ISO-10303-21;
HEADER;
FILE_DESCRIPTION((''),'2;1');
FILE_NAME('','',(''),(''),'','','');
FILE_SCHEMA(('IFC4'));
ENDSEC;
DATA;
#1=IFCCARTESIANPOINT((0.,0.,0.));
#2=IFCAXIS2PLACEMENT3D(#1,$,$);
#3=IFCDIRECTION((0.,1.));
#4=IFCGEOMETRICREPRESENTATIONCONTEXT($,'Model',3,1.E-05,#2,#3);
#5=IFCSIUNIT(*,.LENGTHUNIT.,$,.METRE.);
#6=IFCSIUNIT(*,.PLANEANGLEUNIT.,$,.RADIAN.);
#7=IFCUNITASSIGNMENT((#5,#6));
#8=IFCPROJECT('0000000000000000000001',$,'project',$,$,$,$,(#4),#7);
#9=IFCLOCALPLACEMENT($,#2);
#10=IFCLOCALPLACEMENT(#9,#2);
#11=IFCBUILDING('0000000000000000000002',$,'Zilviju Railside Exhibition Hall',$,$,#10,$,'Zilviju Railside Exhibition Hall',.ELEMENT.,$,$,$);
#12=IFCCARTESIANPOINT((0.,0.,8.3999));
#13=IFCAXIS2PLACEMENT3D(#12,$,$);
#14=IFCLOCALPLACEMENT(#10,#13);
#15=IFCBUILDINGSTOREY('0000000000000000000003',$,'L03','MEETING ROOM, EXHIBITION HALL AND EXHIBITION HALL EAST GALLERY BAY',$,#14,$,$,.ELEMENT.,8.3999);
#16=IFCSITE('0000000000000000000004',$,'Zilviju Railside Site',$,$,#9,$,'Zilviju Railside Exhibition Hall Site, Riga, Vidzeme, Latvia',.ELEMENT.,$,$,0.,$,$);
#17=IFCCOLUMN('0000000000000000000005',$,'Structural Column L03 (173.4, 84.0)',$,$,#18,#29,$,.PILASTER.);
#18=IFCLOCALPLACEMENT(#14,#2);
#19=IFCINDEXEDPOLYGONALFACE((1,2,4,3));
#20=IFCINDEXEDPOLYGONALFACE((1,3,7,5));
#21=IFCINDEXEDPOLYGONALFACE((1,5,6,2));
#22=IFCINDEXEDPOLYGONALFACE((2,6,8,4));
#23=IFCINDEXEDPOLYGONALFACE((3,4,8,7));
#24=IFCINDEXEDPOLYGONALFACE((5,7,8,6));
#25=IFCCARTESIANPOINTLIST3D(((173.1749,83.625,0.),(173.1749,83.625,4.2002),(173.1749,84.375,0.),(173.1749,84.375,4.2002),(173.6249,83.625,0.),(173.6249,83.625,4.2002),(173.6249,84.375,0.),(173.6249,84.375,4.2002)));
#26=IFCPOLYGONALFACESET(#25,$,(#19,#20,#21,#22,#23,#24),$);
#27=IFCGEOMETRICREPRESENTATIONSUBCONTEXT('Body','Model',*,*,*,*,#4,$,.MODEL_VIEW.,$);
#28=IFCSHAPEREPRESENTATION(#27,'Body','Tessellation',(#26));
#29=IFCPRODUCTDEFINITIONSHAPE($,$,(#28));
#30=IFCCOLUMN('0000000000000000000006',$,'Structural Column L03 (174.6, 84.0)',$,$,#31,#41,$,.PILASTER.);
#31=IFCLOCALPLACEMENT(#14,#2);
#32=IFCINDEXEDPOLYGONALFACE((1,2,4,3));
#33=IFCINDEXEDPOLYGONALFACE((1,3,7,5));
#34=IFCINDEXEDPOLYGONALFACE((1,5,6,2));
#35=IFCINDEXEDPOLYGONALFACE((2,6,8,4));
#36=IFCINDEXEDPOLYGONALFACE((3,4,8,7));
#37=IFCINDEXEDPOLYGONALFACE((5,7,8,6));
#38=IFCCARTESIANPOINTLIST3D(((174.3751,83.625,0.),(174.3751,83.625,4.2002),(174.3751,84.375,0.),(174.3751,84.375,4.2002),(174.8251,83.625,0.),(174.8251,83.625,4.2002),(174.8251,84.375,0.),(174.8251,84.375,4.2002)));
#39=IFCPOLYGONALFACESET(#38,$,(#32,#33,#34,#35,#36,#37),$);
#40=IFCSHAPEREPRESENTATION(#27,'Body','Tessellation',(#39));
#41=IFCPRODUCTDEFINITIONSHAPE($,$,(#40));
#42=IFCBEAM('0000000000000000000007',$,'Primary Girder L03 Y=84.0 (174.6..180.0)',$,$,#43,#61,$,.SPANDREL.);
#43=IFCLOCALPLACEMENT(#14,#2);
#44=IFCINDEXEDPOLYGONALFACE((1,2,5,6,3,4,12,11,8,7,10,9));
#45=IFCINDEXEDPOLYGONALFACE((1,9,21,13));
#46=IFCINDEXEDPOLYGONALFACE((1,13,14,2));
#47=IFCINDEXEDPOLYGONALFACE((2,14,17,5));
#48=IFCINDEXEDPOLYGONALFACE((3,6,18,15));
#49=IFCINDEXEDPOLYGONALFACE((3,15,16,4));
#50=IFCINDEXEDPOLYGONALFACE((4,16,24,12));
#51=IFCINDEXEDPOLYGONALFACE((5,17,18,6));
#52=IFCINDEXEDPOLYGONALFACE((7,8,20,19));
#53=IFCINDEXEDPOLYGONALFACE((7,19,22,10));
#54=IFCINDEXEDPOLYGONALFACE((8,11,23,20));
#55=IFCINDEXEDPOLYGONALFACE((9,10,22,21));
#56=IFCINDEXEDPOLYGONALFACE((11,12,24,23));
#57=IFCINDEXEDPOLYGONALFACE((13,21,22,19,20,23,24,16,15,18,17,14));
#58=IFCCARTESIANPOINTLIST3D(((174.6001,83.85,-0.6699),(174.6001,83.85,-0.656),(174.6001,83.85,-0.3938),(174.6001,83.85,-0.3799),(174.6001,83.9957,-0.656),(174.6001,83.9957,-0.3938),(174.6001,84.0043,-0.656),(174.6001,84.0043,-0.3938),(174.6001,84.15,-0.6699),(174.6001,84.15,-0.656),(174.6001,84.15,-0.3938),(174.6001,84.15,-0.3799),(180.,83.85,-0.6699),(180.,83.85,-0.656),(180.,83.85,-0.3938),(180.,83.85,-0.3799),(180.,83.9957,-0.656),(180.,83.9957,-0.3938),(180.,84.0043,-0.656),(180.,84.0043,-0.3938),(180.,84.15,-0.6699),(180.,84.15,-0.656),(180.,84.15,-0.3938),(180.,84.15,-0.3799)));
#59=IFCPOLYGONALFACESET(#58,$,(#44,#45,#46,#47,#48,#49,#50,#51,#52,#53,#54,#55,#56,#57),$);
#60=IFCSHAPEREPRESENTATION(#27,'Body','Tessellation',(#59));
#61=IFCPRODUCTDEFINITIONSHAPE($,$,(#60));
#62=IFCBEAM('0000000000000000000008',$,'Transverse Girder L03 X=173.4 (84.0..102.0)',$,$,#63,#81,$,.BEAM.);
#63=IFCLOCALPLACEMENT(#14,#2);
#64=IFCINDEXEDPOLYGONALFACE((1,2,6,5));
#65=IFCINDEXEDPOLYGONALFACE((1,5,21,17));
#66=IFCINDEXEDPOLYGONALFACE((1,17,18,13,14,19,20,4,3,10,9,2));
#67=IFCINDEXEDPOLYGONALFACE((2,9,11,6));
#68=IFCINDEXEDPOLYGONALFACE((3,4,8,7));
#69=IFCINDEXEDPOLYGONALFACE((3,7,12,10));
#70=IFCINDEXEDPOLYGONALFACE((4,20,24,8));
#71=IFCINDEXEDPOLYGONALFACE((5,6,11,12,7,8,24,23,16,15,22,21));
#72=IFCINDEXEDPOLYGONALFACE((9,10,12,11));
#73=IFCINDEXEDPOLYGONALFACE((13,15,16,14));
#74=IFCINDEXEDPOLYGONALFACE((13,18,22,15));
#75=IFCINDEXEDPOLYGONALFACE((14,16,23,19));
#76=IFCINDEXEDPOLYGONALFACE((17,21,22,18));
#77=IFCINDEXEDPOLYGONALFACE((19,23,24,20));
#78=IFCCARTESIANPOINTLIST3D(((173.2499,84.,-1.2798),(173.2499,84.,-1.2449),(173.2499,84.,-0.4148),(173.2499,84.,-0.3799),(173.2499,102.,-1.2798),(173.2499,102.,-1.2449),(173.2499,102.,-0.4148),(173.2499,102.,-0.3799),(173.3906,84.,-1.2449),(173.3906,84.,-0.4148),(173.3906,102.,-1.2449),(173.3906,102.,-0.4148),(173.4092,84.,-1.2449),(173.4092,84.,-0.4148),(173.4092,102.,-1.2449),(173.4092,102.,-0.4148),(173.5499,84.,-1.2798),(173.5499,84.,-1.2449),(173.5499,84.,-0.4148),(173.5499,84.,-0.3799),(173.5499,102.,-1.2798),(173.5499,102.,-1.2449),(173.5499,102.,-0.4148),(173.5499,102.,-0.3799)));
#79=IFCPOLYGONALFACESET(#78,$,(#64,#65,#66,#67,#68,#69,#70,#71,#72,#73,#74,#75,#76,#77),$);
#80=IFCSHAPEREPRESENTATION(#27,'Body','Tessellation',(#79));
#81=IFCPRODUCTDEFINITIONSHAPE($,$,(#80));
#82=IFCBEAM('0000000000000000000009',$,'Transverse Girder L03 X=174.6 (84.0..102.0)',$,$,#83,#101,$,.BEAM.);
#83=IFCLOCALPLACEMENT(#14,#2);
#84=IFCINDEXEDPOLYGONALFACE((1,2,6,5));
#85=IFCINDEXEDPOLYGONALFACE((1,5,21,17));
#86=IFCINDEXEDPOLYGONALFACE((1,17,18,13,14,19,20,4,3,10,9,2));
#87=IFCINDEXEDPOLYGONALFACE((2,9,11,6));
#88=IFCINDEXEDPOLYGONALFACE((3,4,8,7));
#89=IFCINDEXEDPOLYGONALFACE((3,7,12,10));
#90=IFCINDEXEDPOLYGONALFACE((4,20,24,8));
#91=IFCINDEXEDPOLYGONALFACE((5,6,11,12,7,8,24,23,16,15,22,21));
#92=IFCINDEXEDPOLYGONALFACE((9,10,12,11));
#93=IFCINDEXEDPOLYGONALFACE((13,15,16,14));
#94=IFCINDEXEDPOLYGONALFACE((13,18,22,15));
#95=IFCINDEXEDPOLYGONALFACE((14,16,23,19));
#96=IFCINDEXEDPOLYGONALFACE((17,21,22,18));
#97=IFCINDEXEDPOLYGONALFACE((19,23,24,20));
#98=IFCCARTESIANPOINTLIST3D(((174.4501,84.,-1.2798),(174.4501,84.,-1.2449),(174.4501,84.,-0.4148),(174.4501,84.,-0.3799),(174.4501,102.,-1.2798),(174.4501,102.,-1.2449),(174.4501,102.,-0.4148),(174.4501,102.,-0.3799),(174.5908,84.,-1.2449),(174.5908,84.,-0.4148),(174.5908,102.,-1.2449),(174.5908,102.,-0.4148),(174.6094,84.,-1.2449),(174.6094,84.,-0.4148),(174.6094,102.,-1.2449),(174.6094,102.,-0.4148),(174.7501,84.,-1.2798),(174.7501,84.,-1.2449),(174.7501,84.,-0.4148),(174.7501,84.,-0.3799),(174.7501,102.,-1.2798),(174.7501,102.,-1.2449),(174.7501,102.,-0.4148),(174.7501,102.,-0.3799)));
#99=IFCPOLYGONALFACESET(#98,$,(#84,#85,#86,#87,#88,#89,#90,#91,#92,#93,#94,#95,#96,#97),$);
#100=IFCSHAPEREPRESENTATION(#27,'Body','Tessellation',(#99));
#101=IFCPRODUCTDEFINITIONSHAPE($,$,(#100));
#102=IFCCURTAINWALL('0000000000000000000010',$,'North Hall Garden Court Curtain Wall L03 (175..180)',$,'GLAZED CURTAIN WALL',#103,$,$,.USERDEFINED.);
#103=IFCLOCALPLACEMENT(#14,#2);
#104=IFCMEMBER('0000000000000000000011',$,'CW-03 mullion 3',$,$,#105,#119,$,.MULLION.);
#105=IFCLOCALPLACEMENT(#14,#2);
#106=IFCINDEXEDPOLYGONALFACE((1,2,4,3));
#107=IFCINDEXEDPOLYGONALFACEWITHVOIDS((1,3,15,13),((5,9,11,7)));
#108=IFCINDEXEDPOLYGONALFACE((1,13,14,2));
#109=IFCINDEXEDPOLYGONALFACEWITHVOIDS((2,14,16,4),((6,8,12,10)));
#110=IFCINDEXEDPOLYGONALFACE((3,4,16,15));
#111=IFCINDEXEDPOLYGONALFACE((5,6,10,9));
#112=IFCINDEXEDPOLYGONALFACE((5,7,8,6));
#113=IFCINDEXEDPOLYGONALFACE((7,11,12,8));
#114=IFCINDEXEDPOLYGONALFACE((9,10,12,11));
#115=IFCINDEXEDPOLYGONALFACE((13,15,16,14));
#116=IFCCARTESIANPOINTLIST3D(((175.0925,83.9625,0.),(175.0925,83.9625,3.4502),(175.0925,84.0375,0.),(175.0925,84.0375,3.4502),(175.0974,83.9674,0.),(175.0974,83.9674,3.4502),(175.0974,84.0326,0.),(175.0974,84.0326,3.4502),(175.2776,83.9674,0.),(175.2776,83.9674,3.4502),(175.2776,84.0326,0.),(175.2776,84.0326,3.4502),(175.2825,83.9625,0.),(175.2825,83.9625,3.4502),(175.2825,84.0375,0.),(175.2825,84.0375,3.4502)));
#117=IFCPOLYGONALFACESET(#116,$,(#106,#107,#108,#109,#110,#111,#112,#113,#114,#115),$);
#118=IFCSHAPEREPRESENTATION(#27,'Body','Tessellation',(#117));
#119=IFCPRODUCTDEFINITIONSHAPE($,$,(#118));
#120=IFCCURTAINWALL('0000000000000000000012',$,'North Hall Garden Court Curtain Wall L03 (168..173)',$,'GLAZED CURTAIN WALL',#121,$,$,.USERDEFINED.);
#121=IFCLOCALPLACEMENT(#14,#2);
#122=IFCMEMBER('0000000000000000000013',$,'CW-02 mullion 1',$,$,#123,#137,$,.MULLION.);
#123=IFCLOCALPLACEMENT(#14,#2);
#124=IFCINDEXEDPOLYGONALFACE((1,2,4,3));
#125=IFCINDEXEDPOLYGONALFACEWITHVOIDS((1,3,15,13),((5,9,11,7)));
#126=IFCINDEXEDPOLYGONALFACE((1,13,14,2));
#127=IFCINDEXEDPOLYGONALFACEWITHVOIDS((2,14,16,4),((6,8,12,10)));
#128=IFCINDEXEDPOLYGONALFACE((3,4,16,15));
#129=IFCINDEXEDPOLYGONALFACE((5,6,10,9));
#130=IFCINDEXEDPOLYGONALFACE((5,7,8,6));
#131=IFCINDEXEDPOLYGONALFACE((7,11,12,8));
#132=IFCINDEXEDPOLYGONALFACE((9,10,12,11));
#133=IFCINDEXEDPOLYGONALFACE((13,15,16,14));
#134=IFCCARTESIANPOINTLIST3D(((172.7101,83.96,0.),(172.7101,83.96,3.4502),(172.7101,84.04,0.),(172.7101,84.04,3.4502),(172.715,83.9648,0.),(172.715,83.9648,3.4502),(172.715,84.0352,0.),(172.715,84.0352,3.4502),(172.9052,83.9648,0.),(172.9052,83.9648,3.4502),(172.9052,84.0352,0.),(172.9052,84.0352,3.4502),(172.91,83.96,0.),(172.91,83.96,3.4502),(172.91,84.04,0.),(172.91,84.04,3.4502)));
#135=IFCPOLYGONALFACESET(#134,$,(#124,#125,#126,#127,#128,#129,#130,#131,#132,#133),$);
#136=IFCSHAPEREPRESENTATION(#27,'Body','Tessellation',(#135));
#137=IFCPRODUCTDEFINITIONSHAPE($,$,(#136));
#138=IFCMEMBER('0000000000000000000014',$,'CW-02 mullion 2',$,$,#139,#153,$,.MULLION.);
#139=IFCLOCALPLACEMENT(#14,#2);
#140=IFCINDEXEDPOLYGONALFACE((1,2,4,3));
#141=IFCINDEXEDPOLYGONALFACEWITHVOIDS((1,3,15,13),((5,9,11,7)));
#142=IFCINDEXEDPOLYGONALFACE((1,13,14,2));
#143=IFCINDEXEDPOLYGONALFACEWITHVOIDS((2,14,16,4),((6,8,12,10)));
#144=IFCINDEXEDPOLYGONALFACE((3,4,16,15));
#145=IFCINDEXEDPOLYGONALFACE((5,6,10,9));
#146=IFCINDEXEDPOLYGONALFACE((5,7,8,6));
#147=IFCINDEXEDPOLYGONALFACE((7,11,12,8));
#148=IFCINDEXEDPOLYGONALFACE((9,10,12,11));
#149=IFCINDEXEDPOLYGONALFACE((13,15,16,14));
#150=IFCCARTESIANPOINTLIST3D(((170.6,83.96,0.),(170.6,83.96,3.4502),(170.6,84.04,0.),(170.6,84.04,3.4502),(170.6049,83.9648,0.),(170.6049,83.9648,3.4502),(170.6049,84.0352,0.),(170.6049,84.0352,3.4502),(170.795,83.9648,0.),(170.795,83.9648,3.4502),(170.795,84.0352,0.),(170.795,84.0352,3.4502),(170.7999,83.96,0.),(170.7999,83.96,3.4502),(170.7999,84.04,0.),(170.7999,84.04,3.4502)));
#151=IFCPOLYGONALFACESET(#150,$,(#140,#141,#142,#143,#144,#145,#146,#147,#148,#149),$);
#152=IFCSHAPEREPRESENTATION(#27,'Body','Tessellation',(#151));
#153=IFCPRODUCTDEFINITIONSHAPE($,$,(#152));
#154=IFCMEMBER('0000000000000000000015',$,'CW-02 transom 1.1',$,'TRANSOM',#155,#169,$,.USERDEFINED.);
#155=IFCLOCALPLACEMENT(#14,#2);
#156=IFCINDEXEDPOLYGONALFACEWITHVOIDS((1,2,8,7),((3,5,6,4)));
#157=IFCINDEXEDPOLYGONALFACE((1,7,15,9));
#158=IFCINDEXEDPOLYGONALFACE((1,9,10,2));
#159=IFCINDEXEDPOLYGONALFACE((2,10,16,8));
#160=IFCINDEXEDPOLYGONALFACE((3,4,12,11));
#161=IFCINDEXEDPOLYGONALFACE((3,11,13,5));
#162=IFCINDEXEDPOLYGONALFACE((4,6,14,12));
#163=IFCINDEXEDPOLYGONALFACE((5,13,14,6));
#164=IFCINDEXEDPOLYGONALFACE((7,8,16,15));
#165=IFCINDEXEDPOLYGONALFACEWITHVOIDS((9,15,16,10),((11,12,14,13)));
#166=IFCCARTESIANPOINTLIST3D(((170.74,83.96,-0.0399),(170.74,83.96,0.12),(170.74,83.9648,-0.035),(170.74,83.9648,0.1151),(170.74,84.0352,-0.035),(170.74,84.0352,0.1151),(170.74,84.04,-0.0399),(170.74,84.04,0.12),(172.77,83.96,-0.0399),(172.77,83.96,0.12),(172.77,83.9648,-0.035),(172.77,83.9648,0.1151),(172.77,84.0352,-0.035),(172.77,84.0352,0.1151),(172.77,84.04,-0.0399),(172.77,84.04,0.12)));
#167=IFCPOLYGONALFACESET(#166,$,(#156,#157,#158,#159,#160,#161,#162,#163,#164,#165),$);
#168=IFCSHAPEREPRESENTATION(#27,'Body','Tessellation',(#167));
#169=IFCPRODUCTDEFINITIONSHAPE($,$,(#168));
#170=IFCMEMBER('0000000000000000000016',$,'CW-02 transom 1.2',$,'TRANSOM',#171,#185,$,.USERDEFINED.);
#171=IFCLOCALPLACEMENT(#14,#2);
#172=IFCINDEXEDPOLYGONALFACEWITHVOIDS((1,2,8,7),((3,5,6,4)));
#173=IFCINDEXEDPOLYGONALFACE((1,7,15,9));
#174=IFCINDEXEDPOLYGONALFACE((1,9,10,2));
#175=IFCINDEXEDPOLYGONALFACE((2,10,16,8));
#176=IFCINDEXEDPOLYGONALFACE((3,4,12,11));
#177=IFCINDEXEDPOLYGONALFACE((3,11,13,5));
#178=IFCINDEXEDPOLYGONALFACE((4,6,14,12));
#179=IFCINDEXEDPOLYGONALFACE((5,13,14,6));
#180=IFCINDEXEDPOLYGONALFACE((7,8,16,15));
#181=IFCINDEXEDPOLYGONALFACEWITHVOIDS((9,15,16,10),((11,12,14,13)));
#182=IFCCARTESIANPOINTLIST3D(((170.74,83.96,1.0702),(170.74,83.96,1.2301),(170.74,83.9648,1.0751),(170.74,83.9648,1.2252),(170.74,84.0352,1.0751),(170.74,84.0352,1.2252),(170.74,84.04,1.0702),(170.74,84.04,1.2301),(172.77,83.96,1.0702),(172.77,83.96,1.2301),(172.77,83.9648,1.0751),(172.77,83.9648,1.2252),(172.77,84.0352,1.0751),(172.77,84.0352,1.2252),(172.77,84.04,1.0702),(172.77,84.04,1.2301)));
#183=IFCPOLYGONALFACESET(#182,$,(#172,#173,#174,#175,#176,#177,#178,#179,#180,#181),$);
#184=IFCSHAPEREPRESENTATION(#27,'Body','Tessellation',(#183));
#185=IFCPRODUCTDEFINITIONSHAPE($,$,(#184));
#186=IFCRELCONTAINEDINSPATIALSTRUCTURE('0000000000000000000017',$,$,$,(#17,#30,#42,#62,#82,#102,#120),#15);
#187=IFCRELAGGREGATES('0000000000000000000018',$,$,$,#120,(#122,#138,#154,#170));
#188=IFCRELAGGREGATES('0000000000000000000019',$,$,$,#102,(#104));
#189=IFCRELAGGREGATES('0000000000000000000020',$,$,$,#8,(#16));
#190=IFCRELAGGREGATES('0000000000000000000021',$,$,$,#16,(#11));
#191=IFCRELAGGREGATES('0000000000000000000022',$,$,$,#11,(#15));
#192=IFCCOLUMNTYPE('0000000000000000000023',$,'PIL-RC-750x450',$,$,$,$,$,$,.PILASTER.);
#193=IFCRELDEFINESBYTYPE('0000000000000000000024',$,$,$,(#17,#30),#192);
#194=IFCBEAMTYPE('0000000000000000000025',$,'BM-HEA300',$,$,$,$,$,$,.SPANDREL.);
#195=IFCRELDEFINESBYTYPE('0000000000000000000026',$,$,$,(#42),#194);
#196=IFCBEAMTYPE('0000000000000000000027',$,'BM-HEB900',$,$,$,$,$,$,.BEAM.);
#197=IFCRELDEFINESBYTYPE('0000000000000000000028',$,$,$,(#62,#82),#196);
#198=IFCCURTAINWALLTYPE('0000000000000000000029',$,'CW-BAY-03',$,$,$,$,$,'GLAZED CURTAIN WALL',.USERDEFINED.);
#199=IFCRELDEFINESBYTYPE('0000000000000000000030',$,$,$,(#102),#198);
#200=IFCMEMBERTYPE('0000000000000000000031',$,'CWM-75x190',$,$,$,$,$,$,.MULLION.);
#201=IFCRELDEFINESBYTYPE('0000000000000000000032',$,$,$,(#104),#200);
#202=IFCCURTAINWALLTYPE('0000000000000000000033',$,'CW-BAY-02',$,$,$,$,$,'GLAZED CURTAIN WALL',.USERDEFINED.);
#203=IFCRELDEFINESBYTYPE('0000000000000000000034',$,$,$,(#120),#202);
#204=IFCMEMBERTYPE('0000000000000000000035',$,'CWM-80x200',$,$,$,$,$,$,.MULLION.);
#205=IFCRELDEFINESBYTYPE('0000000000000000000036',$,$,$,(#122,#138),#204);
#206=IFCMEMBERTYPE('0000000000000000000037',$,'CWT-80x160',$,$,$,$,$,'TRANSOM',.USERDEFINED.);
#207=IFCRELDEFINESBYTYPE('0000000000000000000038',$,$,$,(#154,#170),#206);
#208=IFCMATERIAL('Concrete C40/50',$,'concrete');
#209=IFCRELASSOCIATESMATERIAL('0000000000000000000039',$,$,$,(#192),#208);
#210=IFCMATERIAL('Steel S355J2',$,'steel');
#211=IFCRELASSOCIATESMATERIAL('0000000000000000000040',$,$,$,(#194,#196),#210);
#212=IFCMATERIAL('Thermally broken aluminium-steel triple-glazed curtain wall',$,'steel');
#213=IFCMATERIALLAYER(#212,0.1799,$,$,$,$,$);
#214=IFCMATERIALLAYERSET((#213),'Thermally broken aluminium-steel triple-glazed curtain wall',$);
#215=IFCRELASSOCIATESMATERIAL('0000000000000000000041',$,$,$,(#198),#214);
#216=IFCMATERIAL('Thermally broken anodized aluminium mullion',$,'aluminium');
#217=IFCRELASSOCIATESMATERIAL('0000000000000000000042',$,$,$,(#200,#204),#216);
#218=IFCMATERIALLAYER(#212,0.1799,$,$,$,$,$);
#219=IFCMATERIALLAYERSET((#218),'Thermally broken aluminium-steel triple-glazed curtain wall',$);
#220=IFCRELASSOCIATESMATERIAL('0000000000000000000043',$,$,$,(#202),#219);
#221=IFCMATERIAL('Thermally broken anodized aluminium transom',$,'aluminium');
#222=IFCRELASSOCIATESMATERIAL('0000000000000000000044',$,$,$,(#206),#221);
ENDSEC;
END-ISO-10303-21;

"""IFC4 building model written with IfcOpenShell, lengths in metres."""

from ifc_helpers import new_model, si_unit, direction, frame, origin, origin_2d, place, context, subcontext, project, spatial, rectangle, hollow_rectangle, i_section, extrude, material, layer, layer_set, material_profile, profile_set, type_object, element, aggregate, save


model = new_model("IFC4")

# Units and contexts
model_context = context("Model", 3, precision=1e-05, world=origin(), true_north=direction((0.0, 1.0)))
body_context = subcontext(model_context, "Body", "Model", "MODEL_VIEW")
ifc_project = project(units=[si_unit("LENGTHUNIT", "METRE"), si_unit("PLANEANGLEUNIT", "RADIAN")], contexts=[model_context])

# Site, building, storey
site_placement = place(None, origin())
site = spatial("IfcSite", under=ifc_project, at=site_placement, Name="Zilviju Railside Site", LongName="Zilviju Railside Exhibition Hall Site, Riga, Vidzeme, Latvia", CompositionType="ELEMENT", RefElevation=0.0)
building_placement = place(site_placement, origin())
building = spatial("IfcBuilding", under=site, at=building_placement, Name="Zilviju Railside Exhibition Hall", LongName="Zilviju Railside Exhibition Hall", CompositionType="ELEMENT")
storey_placement = place(building_placement, frame((0.0, 0.0, 8.3999)))
storey = spatial("IfcBuildingStorey", under=building, at=storey_placement, Name="L03", Description="MEETING ROOM, EXHIBITION HALL AND EXHIBITION HALL EAST GALLERY BAY", CompositionType="ELEMENT", Elevation=8.3999)

# Columns
ifc_material_1 = material(Name="Concrete C40/50", Category="concrete")
ifc_material_profile_1 = material_profile(ifc_material_1, rectangle(XDim=0.45, YDim=0.75, at=origin_2d()), Name="RC COL 450x750")
ifc_profile_set_1 = profile_set([ifc_material_profile_1], Name="Concrete C40/50")
column_type = type_object("IfcColumnType", Name="PIL-RC-750x450", PredefinedType="PILASTER", material=ifc_profile_set_1)
for number, where, z_axis, x_axis, name in (
    (1, (173.3999, 84.0, 0.0), (0.0, 0.0, 1.0), (1.0, 0.0, 0.0), "Structural Column L03 (173.4, 84.0)"),
    (2, (174.6001, 84.0, 0.0), (0.0, 0.0, 1.0), (1.0, 0.0, 0.0), "Structural Column L03 (174.6, 84.0)"),
):
    element("IfcColumn", number, at=place(storey_placement, frame(where, z_axis=z_axis, x_axis=x_axis)), inside=storey, type_object=column_type, Name=name, PredefinedType="PILASTER", context=body_context, shape_type="SweptSolid", body=[
        extrude(rectangle(XDim=0.45, YDim=0.75, at=origin_2d()), origin(), (0.0, 0.0, 1.0), 4.2002),
    ])

# Beams
ifc_material_2 = material(Name="Steel S355J2", Category="steel")
ifc_material_profile_2 = material_profile(ifc_material_2, i_section(OverallWidth=0.3, OverallDepth=0.29, WebThickness=0.0085, FlangeThickness=0.0139, at=origin_2d()), Name="HEA 300")
ifc_profile_set_2 = profile_set([ifc_material_profile_2], Name="Steel S355J2")
beam_type_1 = type_object("IfcBeamType", Name="BM-HEA300", PredefinedType="SPANDREL", material=ifc_profile_set_2)
beam_placement = place(storey_placement, frame((174.6001, 84.0, -0.5249), z_axis=(1.0, 0.0, 0.0), x_axis=(0.0, 1.0, 0.0)))
element("IfcBeam", 3, at=beam_placement, inside=storey, type_object=beam_type_1, Name="Primary Girder L03 Y=84.0 (174.6..180.0)", PredefinedType="SPANDREL", context=body_context, shape_type="SweptSolid", body=[
    extrude(i_section(OverallWidth=0.3, OverallDepth=0.29, WebThickness=0.0085, FlangeThickness=0.0139, at=origin_2d()), origin(), (0.0, 0.0, 1.0), 5.3999),
])
ifc_material_profile_3 = material_profile(ifc_material_2, i_section(OverallWidth=0.3, OverallDepth=0.8999, WebThickness=0.0186, FlangeThickness=0.0349, at=origin_2d()), Name="HEB 900")
ifc_profile_set_3 = profile_set([ifc_material_profile_3], Name="Steel S355J2")
beam_type_2 = type_object("IfcBeamType", Name="BM-HEB900", PredefinedType="BEAM", material=ifc_profile_set_3)
for number, where, z_axis, x_axis, name in (
    (4, (173.3999, 84.0, -0.8298), (0.0, 1.0, 0.0), (-1.0, 0.0, 0.0), "Transverse Girder L03 X=173.4 (84.0..102.0)"),
    (5, (174.6001, 84.0, -0.8298), (0.0, 1.0, 0.0), (-1.0, 0.0, 0.0), "Transverse Girder L03 X=174.6 (84.0..102.0)"),
):
    element("IfcBeam", number, at=place(storey_placement, frame(where, z_axis=z_axis, x_axis=x_axis)), inside=storey, type_object=beam_type_2, Name=name, PredefinedType="BEAM", context=body_context, shape_type="SweptSolid", body=[
        extrude(i_section(OverallWidth=0.3, OverallDepth=0.8999, WebThickness=0.0186, FlangeThickness=0.0349, at=origin_2d()), origin(), (0.0, 0.0, 1.0), 18.0),
    ])

# Curtain wall, member
ifc_material_3 = material(Name="Thermally broken aluminium-steel triple-glazed curtain wall", Category="steel")
ifc_layer_1 = layer(ifc_material_3, 0.1799)
ifc_layer_set_1 = layer_set([ifc_layer_1], Name="Thermally broken aluminium-steel triple-glazed curtain wall")
curtain_wall_type_1 = type_object("IfcCurtainWallType", Name="CW-BAY-03", ElementType="GLAZED CURTAIN WALL", PredefinedType="USERDEFINED", material=ifc_layer_set_1)
curtain_wall_1_placement = place(storey_placement, origin())
curtain_wall_1 = element("IfcCurtainWall", 6, at=curtain_wall_1_placement, inside=storey, type_object=curtain_wall_type_1, Name="North Hall Garden Court Curtain Wall L03 (175..180)", ObjectType="GLAZED CURTAIN WALL", PredefinedType="USERDEFINED")
ifc_material_4 = material(Name="Thermally broken anodized aluminium mullion", Category="aluminium")
ifc_material_profile_4 = material_profile(ifc_material_4, hollow_rectangle(XDim=0.075, YDim=0.1899, WallThickness=0.0049, at=origin_2d()), Name="MULLION 190x75x5")
ifc_profile_set_4 = profile_set([ifc_material_profile_4], Name="Thermally broken anodized aluminium mullion")
member_type_1 = type_object("IfcMemberType", Name="CWM-75x190", PredefinedType="MULLION", material=ifc_profile_set_4)
member_1_placement = place(storey_placement, frame((175.1875, 84.0, 0.0), z_axis=(0.0, 0.0, 1.0), x_axis=(0.0, -1.0, 0.0)))
member_1 = element("IfcMember", 7, at=member_1_placement, type_object=member_type_1, Name="CW-03 mullion 3", PredefinedType="MULLION", context=body_context, shape_type="SweptSolid", body=[
    extrude(hollow_rectangle(XDim=0.075, YDim=0.1899, WallThickness=0.0049, at=origin_2d()), origin(), (0.0, 0.0, 1.0), 3.4502),
])

# Curtain wall, members
ifc_layer_2 = layer(ifc_material_3, 0.1799)
ifc_layer_set_2 = layer_set([ifc_layer_2], Name="Thermally broken aluminium-steel triple-glazed curtain wall")
curtain_wall_type_2 = type_object("IfcCurtainWallType", Name="CW-BAY-02", ElementType="GLAZED CURTAIN WALL", PredefinedType="USERDEFINED", material=ifc_layer_set_2)
curtain_wall_2_placement = place(storey_placement, origin())
curtain_wall_2 = element("IfcCurtainWall", 8, at=curtain_wall_2_placement, inside=storey, type_object=curtain_wall_type_2, Name="North Hall Garden Court Curtain Wall L03 (168..173)", ObjectType="GLAZED CURTAIN WALL", PredefinedType="USERDEFINED")
ifc_material_profile_5 = material_profile(ifc_material_4, hollow_rectangle(XDim=0.0801, YDim=0.2, WallThickness=0.0049, at=origin_2d()), Name="MULLION 200x80x5")
ifc_profile_set_5 = profile_set([ifc_material_profile_5], Name="Thermally broken anodized aluminium mullion")
member_type_2 = type_object("IfcMemberType", Name="CWM-80x200", PredefinedType="MULLION", material=ifc_profile_set_5)
member_2_placement = place(storey_placement, frame((172.8101, 84.0, 0.0), z_axis=(0.0, 0.0, 1.0), x_axis=(0.0, -1.0, 0.0)))
member_2 = element("IfcMember", 9, at=member_2_placement, type_object=member_type_2, Name="CW-02 mullion 1", PredefinedType="MULLION", context=body_context, shape_type="SweptSolid", body=[
    extrude(hollow_rectangle(XDim=0.0801, YDim=0.2, WallThickness=0.0049, at=origin_2d()), origin(), (0.0, 0.0, 1.0), 3.4502),
])
member_3_placement = place(storey_placement, frame((170.7, 84.0, 0.0), z_axis=(0.0, 0.0, 1.0), x_axis=(0.0, -1.0, 0.0)))
member_3 = element("IfcMember", 10, at=member_3_placement, type_object=member_type_2, Name="CW-02 mullion 2", PredefinedType="MULLION", context=body_context, shape_type="SweptSolid", body=[
    extrude(hollow_rectangle(XDim=0.0801, YDim=0.2, WallThickness=0.0049, at=origin_2d()), origin(), (0.0, 0.0, 1.0), 3.4502),
])
ifc_material_5 = material(Name="Thermally broken anodized aluminium transom", Category="aluminium")
ifc_material_profile_6 = material_profile(ifc_material_5, hollow_rectangle(XDim=0.0801, YDim=0.1599, WallThickness=0.0049, at=origin_2d()), Name="TRANSOM 160x80x5")
ifc_profile_set_6 = profile_set([ifc_material_profile_6], Name="Thermally broken anodized aluminium transom")
member_type_3 = type_object("IfcMemberType", Name="CWT-80x160", ElementType="TRANSOM", PredefinedType="USERDEFINED", material=ifc_profile_set_6)
member_4_placement = place(storey_placement, frame((172.77, 84.0, 0.04), z_axis=(-1.0, 0.0, 0.0), x_axis=(0.0, -1.0, 0.0)))
member_4 = element("IfcMember", 11, at=member_4_placement, type_object=member_type_3, Name="CW-02 transom 1.1", ObjectType="TRANSOM", PredefinedType="USERDEFINED", context=body_context, shape_type="SweptSolid", body=[
    extrude(hollow_rectangle(XDim=0.0801, YDim=0.1599, WallThickness=0.0049, at=origin_2d()), origin(), (0.0, 0.0, 1.0), 2.03),
])
member_5_placement = place(storey_placement, frame((172.77, 84.0, 1.1501), z_axis=(-1.0, 0.0, 0.0), x_axis=(0.0, -1.0, 0.0)))
member_5 = element("IfcMember", 12, at=member_5_placement, type_object=member_type_3, Name="CW-02 transom 1.2", ObjectType="TRANSOM", PredefinedType="USERDEFINED", context=body_context, shape_type="SweptSolid", body=[
    extrude(hollow_rectangle(XDim=0.0801, YDim=0.1599, WallThickness=0.0049, at=origin_2d()), origin(), (0.0, 0.0, 1.0), 2.03),
])
aggregate(curtain_wall_2, [member_2, member_3, member_4, member_5])

aggregate(curtain_wall_1, [member_1])

save(model, "model.ifc")
